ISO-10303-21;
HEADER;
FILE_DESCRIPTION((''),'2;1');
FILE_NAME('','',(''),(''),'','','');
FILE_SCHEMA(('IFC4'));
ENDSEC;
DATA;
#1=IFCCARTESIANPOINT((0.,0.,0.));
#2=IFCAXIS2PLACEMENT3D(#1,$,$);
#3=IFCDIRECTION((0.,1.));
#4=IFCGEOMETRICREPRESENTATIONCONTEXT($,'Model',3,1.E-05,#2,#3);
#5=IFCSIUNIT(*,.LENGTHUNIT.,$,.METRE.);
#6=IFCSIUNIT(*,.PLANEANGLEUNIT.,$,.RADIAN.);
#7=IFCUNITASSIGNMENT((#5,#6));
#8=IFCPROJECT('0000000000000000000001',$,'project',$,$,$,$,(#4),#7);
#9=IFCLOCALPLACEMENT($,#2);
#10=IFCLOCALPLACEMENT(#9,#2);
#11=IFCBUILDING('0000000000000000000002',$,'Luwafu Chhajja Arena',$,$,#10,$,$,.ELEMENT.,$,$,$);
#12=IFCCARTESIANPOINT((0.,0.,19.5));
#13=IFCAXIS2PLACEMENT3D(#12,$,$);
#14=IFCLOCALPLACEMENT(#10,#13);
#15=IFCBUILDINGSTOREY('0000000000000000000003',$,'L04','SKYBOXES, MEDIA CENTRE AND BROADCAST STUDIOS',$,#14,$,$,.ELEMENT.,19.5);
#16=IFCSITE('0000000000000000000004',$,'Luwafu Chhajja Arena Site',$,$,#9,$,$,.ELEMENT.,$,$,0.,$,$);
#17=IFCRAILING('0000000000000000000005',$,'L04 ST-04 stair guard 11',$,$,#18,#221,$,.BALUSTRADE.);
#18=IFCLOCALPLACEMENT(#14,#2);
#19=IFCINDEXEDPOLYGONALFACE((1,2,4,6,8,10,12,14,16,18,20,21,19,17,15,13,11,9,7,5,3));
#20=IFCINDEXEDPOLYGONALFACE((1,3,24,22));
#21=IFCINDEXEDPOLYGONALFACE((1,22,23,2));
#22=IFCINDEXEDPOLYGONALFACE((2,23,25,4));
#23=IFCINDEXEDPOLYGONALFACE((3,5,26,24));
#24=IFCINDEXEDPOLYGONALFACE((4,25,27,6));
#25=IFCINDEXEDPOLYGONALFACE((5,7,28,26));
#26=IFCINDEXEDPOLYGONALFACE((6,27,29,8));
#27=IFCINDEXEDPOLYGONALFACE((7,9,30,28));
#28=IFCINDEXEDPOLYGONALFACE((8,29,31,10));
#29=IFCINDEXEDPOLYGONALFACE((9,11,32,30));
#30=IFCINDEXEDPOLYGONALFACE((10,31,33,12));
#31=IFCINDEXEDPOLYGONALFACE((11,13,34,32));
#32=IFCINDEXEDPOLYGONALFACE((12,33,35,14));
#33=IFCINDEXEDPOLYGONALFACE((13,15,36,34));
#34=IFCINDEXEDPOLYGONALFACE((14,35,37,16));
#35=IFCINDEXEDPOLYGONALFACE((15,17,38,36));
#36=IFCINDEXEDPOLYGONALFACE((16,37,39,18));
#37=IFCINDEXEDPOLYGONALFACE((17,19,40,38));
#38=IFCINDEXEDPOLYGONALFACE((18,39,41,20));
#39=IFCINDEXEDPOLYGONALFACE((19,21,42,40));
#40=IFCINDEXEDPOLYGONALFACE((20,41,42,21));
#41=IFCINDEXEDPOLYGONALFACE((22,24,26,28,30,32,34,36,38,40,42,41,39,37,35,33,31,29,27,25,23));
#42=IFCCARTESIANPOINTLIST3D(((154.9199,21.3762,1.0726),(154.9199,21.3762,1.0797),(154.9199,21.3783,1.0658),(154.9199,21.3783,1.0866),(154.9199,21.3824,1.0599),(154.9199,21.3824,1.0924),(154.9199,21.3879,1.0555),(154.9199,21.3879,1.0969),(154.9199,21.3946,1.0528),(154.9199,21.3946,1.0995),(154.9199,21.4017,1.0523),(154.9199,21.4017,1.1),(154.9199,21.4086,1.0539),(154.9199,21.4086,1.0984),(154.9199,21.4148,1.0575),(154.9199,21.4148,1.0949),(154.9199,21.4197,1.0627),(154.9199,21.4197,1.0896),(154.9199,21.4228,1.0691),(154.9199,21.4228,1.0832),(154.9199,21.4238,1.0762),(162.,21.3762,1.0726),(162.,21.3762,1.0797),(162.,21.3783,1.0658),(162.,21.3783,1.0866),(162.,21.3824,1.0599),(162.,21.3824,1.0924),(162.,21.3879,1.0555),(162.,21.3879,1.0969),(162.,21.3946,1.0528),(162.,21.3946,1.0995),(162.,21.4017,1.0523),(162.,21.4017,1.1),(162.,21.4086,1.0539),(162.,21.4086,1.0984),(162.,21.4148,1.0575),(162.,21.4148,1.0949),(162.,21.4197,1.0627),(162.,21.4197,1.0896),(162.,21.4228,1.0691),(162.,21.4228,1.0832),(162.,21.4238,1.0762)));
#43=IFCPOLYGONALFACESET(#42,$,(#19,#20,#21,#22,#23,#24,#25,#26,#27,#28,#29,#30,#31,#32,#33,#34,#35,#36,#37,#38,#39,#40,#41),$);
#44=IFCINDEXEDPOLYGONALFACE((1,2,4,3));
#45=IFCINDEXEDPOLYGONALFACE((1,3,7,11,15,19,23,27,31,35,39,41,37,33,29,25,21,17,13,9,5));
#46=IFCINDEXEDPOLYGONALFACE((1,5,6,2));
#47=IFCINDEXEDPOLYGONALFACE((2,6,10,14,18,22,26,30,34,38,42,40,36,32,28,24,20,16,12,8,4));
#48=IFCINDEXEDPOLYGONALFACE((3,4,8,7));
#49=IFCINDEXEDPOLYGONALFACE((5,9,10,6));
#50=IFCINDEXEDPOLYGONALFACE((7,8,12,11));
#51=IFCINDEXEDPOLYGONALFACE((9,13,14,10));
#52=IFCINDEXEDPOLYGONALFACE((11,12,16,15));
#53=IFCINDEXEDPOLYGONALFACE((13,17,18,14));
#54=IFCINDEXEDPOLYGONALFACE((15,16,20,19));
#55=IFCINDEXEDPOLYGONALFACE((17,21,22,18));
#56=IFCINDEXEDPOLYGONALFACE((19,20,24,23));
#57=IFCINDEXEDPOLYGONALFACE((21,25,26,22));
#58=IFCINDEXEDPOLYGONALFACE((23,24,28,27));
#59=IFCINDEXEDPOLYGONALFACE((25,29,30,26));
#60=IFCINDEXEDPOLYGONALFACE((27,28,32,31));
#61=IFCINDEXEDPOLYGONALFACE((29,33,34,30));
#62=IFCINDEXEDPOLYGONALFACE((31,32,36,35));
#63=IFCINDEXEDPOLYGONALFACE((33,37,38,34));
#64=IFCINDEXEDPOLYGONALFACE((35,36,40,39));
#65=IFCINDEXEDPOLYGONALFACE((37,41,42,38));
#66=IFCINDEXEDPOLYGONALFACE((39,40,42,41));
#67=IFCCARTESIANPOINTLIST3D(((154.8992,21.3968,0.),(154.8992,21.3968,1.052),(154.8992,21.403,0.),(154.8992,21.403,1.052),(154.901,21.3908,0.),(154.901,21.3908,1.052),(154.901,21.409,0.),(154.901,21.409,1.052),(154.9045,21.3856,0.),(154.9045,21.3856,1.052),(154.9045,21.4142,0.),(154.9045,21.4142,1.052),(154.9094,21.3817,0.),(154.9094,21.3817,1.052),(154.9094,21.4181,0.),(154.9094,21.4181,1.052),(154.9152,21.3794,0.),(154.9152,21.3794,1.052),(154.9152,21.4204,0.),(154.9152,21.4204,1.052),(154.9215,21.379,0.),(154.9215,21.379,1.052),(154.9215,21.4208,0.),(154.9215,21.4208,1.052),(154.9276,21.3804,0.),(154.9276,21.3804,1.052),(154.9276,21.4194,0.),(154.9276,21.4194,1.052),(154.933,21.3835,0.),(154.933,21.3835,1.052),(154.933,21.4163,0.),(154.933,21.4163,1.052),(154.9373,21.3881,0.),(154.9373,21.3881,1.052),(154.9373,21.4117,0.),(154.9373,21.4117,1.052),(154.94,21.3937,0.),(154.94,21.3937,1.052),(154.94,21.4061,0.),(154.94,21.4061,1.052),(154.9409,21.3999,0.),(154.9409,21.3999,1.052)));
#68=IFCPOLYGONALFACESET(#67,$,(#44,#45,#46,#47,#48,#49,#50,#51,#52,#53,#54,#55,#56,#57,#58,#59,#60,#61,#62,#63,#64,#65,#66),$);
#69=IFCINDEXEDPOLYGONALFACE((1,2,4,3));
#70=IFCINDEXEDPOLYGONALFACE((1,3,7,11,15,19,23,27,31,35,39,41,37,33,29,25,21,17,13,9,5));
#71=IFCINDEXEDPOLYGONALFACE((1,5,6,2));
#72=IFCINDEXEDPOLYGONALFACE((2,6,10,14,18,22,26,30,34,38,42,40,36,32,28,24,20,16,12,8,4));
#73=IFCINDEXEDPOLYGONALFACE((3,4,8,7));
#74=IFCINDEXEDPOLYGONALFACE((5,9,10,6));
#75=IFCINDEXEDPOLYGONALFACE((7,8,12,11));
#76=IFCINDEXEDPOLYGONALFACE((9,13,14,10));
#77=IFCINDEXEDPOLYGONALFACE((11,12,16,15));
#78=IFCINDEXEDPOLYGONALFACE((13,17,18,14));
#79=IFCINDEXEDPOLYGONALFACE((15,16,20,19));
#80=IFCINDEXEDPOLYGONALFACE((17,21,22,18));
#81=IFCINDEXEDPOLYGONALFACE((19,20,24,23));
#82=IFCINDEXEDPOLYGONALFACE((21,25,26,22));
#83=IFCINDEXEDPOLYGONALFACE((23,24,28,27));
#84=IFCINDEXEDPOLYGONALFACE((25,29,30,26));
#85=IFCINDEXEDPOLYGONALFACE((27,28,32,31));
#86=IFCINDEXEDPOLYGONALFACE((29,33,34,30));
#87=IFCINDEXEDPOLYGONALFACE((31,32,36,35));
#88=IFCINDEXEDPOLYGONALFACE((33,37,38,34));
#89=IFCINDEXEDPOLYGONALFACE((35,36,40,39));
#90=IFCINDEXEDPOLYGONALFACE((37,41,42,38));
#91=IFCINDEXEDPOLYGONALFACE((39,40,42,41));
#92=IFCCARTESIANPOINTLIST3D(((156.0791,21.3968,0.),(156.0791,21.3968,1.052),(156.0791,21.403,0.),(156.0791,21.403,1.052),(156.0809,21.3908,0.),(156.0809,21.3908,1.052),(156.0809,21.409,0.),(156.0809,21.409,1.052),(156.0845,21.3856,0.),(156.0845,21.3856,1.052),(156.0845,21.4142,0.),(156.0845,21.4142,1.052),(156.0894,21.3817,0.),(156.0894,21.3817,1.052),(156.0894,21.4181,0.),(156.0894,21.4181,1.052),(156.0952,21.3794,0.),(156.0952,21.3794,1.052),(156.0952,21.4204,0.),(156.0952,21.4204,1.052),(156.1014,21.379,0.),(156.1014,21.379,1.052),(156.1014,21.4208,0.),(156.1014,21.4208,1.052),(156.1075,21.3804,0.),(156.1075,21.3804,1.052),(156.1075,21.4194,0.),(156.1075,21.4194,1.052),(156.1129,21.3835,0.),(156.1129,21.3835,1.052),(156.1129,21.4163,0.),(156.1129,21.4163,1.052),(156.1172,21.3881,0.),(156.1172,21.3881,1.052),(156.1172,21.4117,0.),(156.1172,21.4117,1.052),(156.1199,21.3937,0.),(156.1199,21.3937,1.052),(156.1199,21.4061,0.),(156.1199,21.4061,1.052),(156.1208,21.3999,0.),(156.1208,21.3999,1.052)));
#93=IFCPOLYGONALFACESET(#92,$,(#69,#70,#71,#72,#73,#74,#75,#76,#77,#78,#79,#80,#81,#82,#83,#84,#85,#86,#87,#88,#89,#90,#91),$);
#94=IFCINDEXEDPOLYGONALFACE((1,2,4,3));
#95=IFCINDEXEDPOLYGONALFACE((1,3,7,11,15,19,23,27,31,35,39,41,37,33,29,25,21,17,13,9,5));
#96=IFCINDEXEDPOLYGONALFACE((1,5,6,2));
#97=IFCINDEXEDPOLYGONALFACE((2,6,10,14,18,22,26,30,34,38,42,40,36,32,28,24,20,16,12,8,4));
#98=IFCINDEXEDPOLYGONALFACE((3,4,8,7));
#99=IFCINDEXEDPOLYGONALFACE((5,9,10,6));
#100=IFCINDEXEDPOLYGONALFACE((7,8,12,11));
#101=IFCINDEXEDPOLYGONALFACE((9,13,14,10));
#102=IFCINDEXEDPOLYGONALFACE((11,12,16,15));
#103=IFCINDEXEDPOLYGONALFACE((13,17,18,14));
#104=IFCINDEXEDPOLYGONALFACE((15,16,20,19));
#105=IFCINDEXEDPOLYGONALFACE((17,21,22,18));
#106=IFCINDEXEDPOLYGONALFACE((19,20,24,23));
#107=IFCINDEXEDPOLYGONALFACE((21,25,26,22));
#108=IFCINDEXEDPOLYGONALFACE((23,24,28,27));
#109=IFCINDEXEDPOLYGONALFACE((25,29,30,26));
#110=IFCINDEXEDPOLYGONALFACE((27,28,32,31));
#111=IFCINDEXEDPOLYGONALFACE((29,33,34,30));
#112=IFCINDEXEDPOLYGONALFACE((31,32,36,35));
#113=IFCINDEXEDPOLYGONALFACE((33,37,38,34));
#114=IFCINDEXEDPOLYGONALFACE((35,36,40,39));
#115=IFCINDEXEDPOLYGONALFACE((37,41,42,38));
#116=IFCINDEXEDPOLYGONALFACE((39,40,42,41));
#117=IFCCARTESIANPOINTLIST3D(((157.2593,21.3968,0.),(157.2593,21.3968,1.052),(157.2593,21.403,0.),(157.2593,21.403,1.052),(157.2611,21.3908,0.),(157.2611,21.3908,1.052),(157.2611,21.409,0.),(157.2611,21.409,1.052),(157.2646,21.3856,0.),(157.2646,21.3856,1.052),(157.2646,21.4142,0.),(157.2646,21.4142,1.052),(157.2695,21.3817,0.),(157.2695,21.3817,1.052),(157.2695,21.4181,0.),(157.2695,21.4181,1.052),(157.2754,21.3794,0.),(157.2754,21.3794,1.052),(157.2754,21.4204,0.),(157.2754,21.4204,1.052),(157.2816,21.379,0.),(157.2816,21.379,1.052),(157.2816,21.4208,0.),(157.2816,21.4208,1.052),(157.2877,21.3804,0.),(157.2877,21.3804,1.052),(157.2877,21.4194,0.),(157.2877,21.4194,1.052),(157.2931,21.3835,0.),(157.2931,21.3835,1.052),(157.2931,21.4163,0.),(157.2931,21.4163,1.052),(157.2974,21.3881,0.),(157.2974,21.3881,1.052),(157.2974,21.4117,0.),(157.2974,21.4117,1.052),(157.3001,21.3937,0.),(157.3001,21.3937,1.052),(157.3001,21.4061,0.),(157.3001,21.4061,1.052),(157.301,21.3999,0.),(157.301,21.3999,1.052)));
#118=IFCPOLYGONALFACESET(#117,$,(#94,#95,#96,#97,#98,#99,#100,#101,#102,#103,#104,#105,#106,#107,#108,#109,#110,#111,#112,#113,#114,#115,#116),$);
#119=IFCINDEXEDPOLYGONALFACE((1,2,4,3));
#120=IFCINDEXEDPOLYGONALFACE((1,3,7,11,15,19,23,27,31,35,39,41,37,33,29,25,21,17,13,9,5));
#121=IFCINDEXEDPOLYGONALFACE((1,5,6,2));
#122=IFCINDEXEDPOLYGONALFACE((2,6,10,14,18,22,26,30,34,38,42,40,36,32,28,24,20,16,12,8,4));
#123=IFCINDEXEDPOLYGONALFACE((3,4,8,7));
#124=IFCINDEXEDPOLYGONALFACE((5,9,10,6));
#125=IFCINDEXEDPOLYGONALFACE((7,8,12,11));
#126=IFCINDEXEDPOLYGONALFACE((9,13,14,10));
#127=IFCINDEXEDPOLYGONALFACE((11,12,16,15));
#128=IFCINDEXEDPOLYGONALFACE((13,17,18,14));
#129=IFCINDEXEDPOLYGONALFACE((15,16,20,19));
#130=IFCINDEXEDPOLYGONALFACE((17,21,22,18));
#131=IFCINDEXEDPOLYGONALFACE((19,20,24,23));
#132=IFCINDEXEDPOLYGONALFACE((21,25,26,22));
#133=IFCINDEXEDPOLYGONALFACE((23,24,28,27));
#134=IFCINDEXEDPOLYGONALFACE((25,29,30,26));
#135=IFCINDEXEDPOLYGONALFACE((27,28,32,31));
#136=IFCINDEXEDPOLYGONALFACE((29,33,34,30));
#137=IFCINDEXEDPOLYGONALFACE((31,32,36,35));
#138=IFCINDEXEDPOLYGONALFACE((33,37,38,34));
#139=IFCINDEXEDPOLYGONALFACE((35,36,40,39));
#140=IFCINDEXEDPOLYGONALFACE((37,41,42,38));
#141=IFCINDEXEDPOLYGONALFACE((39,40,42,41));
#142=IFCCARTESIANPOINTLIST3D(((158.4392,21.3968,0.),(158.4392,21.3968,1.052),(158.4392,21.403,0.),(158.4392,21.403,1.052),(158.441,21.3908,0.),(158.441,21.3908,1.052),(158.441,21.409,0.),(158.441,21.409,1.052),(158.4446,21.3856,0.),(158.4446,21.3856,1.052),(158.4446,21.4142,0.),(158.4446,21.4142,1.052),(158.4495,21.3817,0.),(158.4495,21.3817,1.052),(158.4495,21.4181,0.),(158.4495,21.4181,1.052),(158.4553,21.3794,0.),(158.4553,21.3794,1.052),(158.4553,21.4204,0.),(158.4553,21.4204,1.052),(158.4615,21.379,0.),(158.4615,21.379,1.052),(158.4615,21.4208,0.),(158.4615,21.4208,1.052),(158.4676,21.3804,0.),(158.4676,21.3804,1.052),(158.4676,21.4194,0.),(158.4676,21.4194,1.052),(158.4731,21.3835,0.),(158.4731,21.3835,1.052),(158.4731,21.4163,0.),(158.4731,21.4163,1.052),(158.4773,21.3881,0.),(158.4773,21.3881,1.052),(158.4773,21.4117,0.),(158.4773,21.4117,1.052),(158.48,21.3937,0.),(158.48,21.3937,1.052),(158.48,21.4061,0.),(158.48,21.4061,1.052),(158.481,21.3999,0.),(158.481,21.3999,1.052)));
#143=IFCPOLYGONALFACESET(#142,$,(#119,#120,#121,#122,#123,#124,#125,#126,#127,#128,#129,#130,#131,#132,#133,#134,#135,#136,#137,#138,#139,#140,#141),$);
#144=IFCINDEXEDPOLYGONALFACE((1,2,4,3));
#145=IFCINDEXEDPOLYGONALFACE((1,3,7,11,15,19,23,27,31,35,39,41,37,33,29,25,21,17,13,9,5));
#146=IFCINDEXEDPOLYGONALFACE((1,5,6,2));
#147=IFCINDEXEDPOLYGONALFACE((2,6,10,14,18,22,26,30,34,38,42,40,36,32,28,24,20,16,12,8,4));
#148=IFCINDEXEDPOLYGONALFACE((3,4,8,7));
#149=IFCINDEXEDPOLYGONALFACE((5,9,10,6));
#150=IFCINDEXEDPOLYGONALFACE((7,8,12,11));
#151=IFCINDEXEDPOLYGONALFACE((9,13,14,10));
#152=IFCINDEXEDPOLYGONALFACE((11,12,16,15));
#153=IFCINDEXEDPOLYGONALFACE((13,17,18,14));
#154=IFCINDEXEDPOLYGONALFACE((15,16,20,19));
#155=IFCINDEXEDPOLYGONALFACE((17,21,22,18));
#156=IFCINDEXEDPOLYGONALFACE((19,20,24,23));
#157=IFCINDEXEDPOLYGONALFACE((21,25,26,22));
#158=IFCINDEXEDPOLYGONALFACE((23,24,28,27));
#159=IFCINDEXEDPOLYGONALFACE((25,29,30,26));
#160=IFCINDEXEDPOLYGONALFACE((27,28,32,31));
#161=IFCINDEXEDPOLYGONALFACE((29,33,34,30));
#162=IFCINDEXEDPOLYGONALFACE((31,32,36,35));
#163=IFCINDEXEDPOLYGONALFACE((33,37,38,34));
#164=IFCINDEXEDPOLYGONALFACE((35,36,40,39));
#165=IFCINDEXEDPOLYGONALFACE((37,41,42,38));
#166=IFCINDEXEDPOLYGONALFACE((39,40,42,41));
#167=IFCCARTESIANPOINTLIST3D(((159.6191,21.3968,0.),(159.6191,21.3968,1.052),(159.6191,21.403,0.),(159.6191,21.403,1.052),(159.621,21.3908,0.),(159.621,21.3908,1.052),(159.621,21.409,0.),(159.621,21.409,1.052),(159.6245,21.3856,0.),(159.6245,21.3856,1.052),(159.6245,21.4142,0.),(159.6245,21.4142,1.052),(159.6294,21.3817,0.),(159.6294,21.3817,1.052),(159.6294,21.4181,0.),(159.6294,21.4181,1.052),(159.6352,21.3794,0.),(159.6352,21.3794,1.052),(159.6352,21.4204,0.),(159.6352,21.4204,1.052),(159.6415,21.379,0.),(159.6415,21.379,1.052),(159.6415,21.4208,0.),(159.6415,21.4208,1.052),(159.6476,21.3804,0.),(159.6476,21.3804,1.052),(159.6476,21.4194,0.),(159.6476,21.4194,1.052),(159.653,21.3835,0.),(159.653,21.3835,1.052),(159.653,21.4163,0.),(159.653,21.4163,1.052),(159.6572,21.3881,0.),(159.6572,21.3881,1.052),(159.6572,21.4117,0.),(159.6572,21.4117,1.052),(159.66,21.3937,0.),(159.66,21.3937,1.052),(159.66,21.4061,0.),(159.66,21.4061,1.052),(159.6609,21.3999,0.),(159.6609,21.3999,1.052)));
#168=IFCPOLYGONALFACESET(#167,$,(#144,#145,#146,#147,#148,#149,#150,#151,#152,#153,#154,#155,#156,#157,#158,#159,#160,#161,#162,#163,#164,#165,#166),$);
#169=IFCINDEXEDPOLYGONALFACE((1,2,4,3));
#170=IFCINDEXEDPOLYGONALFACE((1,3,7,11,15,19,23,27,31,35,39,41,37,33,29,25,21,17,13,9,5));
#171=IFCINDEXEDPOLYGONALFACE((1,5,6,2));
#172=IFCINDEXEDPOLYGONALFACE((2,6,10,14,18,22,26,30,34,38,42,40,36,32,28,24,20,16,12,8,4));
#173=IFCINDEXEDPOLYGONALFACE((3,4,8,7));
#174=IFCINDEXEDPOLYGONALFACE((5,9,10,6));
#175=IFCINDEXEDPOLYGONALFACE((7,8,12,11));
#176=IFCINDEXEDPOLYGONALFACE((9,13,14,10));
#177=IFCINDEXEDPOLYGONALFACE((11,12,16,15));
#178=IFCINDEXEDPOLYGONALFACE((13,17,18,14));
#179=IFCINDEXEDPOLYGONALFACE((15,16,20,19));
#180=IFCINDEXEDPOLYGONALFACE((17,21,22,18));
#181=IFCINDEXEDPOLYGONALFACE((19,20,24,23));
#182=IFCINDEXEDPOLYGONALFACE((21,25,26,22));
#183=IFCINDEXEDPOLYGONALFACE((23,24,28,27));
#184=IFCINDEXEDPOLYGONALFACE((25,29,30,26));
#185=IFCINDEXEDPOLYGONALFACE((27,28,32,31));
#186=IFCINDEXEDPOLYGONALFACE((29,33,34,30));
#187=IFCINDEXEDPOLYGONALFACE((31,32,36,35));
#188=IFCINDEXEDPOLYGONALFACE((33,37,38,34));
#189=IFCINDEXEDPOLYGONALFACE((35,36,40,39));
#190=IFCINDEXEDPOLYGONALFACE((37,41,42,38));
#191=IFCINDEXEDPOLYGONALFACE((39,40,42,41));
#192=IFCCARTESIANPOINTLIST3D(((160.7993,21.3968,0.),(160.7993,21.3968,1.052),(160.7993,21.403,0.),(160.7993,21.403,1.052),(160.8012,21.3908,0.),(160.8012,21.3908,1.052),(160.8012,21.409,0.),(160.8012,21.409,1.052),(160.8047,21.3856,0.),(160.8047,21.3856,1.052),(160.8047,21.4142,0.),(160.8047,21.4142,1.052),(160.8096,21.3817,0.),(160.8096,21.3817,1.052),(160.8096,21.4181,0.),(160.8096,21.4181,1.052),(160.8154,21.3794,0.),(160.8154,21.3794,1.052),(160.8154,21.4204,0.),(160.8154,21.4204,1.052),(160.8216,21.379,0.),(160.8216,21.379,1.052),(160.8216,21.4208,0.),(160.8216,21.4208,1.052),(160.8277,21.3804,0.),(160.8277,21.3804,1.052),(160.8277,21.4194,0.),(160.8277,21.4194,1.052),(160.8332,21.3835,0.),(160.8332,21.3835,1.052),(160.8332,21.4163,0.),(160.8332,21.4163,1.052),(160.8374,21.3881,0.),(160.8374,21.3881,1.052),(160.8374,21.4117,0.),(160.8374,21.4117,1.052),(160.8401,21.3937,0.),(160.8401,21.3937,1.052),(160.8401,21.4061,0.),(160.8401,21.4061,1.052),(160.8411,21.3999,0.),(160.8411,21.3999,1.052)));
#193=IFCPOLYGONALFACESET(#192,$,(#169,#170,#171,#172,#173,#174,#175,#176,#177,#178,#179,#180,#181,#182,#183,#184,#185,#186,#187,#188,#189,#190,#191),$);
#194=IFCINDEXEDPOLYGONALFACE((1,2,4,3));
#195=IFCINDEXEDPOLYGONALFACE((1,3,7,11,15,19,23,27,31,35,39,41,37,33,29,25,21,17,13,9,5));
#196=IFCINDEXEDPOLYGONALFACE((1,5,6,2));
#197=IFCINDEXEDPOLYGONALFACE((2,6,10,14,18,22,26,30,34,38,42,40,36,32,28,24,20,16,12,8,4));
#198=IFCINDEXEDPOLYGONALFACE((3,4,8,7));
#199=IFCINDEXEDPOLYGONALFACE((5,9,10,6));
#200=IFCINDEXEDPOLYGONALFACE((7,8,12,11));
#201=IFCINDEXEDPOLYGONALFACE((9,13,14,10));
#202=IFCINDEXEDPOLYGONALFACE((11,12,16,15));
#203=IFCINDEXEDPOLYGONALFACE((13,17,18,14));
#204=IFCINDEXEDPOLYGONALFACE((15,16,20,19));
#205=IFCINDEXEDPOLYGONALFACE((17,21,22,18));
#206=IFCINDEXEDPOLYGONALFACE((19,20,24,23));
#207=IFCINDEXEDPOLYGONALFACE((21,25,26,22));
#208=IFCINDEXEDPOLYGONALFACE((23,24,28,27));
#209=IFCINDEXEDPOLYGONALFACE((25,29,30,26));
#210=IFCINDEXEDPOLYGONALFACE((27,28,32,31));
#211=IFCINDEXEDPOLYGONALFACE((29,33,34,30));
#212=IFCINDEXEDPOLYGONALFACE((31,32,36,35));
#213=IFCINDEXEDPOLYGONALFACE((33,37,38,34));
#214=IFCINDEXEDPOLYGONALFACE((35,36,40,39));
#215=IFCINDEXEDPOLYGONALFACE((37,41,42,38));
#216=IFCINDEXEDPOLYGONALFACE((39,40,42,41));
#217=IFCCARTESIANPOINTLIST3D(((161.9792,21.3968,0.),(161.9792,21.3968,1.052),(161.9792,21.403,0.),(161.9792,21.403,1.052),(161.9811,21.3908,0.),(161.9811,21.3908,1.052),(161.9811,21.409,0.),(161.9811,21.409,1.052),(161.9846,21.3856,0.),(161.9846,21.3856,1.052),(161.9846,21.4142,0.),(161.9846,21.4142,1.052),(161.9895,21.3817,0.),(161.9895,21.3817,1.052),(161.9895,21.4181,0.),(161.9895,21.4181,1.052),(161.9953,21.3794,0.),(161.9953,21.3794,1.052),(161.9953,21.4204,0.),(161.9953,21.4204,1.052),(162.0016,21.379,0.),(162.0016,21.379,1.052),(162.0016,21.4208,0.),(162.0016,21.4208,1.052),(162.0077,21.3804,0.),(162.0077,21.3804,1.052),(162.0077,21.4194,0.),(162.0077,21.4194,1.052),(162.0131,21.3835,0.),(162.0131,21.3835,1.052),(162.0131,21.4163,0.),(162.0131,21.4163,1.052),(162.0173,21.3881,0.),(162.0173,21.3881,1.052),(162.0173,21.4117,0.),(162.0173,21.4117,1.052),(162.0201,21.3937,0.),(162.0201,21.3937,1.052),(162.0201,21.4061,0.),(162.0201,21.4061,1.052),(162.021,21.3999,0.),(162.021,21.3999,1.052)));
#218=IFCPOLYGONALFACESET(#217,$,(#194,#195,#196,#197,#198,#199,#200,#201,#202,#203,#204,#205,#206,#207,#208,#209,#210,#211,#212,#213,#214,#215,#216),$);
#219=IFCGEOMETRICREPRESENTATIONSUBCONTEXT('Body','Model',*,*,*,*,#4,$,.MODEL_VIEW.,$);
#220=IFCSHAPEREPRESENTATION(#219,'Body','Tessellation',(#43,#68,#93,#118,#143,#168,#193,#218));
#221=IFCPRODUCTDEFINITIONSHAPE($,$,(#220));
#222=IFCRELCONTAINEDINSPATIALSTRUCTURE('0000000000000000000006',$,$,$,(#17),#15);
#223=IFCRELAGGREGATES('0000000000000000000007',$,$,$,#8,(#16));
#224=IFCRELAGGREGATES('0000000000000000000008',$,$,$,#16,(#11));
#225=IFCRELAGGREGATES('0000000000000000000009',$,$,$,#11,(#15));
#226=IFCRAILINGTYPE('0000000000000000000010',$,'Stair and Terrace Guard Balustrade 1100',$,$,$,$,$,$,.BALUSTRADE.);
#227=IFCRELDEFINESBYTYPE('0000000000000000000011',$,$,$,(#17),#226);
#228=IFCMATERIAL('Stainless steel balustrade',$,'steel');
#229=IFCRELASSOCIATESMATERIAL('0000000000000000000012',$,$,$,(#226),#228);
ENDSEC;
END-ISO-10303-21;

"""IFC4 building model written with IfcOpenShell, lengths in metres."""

from ifc_helpers import new_model, si_unit, direction, frame, origin, origin_2d, place, context, subcontext, project, spatial, circle, extrude, material, type_object, element, save


model = new_model("IFC4")

# Units and contexts
model_context = context("Model", 3, precision=1e-05, world=origin(), true_north=direction((0.0, 1.0)))
body_context = subcontext(model_context, "Body", "Model", "MODEL_VIEW")
ifc_project = project(units=[si_unit("LENGTHUNIT", "METRE"), si_unit("PLANEANGLEUNIT", "RADIAN")], contexts=[model_context])

# Site, building, storey
site_placement = place(None, origin())
site = spatial("IfcSite", under=ifc_project, at=site_placement, Name="Luwafu Chhajja Arena Site", CompositionType="ELEMENT", RefElevation=0.0)
building_placement = place(site_placement, origin())
building = spatial("IfcBuilding", under=site, at=building_placement, Name="Luwafu Chhajja Arena", CompositionType="ELEMENT")
storey_placement = place(building_placement, frame((0.0, 0.0, 19.5)))
storey = spatial("IfcBuildingStorey", under=building, at=storey_placement, Name="L04", Description="SKYBOXES, MEDIA CENTRE AND BROADCAST STUDIOS", CompositionType="ELEMENT", Elevation=19.5)

# Railing
ifc_material_1 = material(Name="Stainless steel balustrade", Category="steel")
railing_type_1 = type_object("IfcRailingType", Name="Stair and Terrace Guard Balustrade 1100", PredefinedType="BALUSTRADE", material=ifc_material_1)
railing_1_placement = place(storey_placement, frame((154.9199, 21.3999, 0.0)))
element("IfcRailing", 1, at=railing_1_placement, inside=storey, type_object=railing_type_1, Name="L04 ST-04 stair guard 11", PredefinedType="BALUSTRADE", context=body_context, shape_type="SweptSolid", body=[
    extrude(circle(Radius=0.0239, at=origin_2d()), frame((0.0, 0.0, 1.0762), z_axis=(1.0, 0.0, 0.0), x_axis=(0.0, 1.0, 0.0)), (0.0, 0.0, 1.0), 7.0801),
    extrude(circle(Radius=0.021, at=origin_2d()), origin(), (0.0, 0.0, 1.0), 1.052),
    extrude(circle(Radius=0.021, at=origin_2d()), frame((1.1799, 0.0, 0.0)), (0.0, 0.0, 1.0), 1.052),
    extrude(circle(Radius=0.021, at=origin_2d()), frame((2.3601, 0.0, 0.0)), (0.0, 0.0, 1.0), 1.052),
    extrude(circle(Radius=0.021, at=origin_2d()), frame((3.54, 0.0, 0.0)), (0.0, 0.0, 1.0), 1.052),
    extrude(circle(Radius=0.021, at=origin_2d()), frame((4.72, 0.0, 0.0)), (0.0, 0.0, 1.0), 1.052),
    extrude(circle(Radius=0.021, at=origin_2d()), frame((5.9001, 0.0, 0.0)), (0.0, 0.0, 1.0), 1.052),
    extrude(circle(Radius=0.021, at=origin_2d()), frame((7.0801, 0.0, 0.0)), (0.0, 0.0, 1.0), 1.052),
])

save(model, "model.ifc")
